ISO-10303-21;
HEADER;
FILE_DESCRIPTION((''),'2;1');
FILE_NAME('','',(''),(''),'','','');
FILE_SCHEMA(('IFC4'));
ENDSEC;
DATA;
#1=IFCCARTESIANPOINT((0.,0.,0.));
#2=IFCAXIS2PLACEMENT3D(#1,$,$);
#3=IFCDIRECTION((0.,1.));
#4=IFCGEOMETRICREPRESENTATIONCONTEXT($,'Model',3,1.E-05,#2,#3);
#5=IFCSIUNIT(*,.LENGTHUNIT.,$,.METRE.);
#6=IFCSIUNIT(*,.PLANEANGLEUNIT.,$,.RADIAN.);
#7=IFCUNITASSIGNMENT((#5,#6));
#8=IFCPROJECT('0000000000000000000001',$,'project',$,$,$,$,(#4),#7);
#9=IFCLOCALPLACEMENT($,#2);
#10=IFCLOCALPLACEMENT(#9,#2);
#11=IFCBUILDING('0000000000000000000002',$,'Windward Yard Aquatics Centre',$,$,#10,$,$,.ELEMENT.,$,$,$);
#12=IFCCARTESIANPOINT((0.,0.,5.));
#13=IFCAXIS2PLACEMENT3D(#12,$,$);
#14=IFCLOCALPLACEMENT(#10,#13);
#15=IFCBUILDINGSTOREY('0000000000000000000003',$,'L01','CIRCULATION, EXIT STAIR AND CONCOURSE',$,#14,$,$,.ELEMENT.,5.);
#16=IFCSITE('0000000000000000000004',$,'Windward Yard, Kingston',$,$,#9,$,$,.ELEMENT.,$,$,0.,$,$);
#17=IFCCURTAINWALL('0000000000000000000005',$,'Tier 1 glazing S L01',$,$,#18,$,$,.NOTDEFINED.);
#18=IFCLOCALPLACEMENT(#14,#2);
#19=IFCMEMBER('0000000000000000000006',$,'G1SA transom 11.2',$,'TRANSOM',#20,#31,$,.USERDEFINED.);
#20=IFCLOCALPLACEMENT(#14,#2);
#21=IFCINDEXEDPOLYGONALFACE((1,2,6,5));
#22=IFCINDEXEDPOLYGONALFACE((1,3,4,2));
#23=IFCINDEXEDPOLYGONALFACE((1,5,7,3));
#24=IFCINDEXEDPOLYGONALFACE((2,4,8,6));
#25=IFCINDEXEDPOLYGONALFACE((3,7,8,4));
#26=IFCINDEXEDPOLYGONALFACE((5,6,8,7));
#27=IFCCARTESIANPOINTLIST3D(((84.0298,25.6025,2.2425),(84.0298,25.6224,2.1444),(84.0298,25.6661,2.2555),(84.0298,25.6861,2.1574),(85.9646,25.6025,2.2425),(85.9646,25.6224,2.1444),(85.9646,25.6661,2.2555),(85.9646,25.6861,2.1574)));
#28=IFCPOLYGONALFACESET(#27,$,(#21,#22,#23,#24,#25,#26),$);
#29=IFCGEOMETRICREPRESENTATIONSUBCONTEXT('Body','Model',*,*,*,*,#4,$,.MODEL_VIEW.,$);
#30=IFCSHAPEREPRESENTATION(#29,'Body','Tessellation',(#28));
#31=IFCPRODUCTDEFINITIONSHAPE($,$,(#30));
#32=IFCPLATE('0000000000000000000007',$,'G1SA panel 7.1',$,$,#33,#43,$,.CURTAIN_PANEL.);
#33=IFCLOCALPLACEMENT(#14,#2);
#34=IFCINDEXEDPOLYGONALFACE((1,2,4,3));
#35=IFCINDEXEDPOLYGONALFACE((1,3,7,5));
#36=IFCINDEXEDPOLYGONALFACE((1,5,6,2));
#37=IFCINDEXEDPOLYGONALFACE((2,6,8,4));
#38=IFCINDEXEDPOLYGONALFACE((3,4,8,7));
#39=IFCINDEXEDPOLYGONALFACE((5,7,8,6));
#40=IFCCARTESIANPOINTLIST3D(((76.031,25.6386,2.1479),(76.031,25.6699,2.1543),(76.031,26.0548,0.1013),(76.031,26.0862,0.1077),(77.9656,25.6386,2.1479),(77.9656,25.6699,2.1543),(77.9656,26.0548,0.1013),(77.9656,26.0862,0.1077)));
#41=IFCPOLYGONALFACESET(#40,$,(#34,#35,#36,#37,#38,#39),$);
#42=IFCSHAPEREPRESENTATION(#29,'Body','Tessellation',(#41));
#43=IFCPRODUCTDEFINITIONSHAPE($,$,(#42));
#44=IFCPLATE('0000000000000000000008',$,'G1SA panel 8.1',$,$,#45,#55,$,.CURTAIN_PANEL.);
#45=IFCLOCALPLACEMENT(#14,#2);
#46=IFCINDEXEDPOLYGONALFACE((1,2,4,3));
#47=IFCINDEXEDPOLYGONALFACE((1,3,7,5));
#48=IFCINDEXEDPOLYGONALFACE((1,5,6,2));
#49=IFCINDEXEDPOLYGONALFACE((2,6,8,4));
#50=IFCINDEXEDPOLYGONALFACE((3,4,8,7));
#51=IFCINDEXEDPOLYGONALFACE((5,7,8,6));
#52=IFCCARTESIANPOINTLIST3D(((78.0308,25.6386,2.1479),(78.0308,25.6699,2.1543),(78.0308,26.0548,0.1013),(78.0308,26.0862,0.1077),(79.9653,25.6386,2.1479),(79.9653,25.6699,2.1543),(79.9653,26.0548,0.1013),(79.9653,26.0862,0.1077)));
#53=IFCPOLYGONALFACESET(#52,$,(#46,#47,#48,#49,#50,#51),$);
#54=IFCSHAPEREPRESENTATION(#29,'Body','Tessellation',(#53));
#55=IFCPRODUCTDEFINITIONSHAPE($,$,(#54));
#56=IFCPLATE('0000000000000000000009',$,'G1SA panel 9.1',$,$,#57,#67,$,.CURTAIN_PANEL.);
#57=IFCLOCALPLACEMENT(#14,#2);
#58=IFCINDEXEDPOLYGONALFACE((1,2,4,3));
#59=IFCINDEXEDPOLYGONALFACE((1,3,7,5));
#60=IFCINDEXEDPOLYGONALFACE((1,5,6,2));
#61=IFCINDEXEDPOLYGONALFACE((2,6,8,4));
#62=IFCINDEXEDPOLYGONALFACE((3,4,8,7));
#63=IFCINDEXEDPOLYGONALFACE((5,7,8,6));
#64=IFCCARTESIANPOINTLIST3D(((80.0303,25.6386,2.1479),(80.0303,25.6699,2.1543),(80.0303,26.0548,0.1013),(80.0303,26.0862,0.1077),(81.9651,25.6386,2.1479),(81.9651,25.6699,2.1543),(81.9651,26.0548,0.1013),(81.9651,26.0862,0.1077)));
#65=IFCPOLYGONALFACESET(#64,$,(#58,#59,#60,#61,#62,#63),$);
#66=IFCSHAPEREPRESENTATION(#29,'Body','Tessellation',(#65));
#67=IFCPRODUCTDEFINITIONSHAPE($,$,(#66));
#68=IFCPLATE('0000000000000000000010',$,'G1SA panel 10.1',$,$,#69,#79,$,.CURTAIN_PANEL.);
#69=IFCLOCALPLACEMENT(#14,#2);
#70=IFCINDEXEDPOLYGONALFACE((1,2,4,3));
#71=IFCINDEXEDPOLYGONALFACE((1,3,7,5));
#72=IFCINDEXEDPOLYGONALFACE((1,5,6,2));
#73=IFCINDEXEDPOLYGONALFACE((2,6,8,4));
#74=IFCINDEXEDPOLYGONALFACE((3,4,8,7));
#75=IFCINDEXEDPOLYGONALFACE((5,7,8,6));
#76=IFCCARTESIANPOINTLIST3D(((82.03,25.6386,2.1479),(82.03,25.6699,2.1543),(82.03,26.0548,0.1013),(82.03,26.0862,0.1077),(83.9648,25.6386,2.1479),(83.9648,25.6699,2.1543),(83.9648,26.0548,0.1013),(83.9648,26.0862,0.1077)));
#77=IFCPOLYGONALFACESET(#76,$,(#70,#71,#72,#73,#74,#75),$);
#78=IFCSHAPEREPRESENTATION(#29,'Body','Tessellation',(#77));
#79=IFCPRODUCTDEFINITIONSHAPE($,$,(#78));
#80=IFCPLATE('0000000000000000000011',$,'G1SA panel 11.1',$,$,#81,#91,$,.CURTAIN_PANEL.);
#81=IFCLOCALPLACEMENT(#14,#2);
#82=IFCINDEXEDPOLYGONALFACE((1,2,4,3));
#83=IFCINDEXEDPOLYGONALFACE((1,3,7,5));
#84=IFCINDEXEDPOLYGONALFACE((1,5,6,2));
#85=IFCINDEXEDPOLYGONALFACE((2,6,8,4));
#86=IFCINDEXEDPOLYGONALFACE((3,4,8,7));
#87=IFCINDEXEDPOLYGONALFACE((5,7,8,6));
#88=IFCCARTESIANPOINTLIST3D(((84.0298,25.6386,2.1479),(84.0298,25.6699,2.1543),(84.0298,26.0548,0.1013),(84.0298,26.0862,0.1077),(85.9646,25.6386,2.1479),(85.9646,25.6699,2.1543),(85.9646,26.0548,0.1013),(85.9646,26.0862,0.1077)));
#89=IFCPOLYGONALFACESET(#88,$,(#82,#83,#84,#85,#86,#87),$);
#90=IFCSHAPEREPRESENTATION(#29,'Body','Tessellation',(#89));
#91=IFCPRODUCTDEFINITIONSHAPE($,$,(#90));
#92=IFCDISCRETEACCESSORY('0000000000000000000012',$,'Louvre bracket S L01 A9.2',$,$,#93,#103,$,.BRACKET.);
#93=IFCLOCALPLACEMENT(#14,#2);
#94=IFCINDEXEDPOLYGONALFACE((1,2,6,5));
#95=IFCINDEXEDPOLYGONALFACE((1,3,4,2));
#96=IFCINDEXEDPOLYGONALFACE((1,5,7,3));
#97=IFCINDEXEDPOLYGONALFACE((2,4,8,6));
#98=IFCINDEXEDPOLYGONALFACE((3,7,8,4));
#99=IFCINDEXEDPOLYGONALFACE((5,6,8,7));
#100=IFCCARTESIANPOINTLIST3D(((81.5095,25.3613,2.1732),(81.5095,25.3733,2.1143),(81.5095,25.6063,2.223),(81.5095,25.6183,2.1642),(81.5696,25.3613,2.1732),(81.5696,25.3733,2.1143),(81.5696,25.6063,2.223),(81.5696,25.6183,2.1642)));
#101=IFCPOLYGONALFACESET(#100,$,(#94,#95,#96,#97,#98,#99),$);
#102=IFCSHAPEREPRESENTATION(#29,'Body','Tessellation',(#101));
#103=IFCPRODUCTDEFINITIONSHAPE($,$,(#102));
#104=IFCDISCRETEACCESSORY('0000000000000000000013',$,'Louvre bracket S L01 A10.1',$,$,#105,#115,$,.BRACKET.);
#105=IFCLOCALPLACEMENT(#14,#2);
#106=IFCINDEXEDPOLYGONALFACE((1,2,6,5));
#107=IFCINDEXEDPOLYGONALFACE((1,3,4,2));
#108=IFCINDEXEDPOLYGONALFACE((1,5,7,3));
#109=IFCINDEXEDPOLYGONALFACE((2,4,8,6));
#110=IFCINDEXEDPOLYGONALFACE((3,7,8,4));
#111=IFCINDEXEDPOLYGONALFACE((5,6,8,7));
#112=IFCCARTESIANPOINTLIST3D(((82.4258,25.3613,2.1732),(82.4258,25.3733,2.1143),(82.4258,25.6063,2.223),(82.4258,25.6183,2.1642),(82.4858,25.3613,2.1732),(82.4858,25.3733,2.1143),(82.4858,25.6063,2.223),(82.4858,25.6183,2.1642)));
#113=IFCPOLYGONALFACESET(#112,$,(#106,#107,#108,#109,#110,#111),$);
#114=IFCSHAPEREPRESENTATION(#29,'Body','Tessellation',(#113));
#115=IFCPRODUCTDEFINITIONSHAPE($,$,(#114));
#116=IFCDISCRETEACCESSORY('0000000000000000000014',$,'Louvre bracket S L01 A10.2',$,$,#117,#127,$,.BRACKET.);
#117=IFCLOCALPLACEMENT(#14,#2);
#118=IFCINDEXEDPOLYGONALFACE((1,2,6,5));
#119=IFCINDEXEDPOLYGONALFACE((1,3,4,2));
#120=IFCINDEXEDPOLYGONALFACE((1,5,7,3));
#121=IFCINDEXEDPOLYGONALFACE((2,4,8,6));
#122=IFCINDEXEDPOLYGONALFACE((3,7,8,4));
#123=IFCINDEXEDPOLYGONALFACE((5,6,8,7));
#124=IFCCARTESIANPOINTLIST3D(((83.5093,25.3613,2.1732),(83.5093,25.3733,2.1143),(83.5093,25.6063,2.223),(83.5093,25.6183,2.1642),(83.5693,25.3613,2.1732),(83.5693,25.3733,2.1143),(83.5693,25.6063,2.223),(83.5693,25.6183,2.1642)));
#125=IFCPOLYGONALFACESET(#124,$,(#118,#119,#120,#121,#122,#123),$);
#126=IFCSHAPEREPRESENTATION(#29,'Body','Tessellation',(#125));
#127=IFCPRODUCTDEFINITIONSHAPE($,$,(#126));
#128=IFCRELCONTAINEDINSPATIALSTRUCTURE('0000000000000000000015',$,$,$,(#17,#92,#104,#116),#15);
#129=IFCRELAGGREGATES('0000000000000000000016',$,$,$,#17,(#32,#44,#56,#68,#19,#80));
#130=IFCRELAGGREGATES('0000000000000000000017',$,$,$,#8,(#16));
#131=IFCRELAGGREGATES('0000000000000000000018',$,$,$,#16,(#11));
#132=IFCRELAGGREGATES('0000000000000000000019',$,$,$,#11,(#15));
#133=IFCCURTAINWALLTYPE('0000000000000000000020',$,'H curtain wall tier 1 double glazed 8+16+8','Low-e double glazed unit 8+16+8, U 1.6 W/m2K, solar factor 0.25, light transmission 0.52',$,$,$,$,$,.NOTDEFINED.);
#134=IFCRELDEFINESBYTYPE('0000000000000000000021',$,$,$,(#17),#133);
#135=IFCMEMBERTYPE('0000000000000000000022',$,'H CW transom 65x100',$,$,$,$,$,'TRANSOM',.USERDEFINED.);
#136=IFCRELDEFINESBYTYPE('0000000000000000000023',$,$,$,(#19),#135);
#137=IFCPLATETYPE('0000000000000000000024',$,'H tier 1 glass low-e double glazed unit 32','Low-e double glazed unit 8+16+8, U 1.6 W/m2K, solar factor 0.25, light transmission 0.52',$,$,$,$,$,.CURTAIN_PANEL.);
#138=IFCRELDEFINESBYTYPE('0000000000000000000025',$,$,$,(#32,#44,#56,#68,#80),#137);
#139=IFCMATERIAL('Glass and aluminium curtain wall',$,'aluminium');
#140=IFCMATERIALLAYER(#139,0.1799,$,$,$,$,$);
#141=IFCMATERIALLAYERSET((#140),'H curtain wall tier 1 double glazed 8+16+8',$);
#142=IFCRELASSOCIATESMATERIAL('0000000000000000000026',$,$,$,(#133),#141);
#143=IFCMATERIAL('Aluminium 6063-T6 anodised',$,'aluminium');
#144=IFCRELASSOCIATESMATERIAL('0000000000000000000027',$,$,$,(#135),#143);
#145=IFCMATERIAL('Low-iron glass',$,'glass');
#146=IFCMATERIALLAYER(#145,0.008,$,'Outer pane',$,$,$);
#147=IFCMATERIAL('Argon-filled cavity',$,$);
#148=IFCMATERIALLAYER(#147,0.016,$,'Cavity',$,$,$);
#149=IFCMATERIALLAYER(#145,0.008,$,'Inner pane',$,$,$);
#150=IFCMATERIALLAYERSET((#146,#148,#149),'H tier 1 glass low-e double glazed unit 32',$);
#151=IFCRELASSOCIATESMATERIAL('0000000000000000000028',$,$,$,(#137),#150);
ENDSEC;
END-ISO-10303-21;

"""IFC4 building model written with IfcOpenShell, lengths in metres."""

from ifc_helpers import new_model, si_unit, direction, frame, origin, origin_2d, place, context, subcontext, project, spatial, polyline, rectangle, outline, extrude, material, layer, layer_set, material_profile, profile_set, type_object, element, aggregate, save


model = new_model("IFC4")

# Units and contexts
model_context = context("Model", 3, precision=1e-05, world=origin(), true_north=direction((0.0, 1.0)))
body_context = subcontext(model_context, "Body", "Model", "MODEL_VIEW")
ifc_project = project(units=[si_unit("LENGTHUNIT", "METRE"), si_unit("PLANEANGLEUNIT", "RADIAN")], contexts=[model_context])

# Site, building, storey
site_placement = place(None, origin())
site = spatial("IfcSite", under=ifc_project, at=site_placement, Name="Windward Yard, Kingston", CompositionType="ELEMENT", RefElevation=0.0)
building_placement = place(site_placement, origin())
building = spatial("IfcBuilding", under=site, at=building_placement, Name="Windward Yard Aquatics Centre", CompositionType="ELEMENT")
storey_placement = place(building_placement, frame((0.0, 0.0, 5.0)))
storey = spatial("IfcBuildingStorey", under=building, at=storey_placement, Name="L01", Description="CIRCULATION, EXIT STAIR AND CONCOURSE", CompositionType="ELEMENT", Elevation=5.0)

# Curtain wall, member, plates
ifc_material_1 = material(Name="Glass and aluminium curtain wall", Category="aluminium")
ifc_layer_1 = layer(ifc_material_1, 0.1799)
ifc_layer_set_1 = layer_set([ifc_layer_1], Name="H curtain wall tier 1 double glazed 8+16+8")
curtain_wall_type = type_object("IfcCurtainWallType", Name="H curtain wall tier 1 double glazed 8+16+8", Description="Low-e double glazed unit 8+16+8, U 1.6 W/m2K, solar factor 0.25, light transmission 0.52", PredefinedType="NOTDEFINED", material=ifc_layer_set_1)
curtain_wall_placement = place(storey_placement, origin())
curtain_wall = element("IfcCurtainWall", 1, at=curtain_wall_placement, inside=storey, type_object=curtain_wall_type, Name="Tier 1 glazing S L01", PredefinedType="NOTDEFINED")
ifc_material_2 = material(Name="Aluminium 6063-T6 anodised", Category="aluminium")
ifc_material_profile_1 = material_profile(ifc_material_2, rectangle(XDim=0.0649, YDim=0.1001, at=origin_2d()), Name="H CW transom 65x100")
ifc_profile_set_1 = profile_set([ifc_material_profile_1], Name="Aluminium 6063-T6 anodised")
member_type_1 = type_object("IfcMemberType", Name="H CW transom 65x100", ElementType="TRANSOM", PredefinedType="USERDEFINED", material=ifc_profile_set_1)
member_1_placement = place(storey_placement, frame((84.0298, 25.6443, 2.2), z_axis=(1.0, 0.0, 0.0), x_axis=(0.0, 0.979925, 0.199368)))
member_1 = element("IfcMember", 2, at=member_1_placement, type_object=member_type_1, Name="G1SA transom 11.2", ObjectType="TRANSOM", PredefinedType="USERDEFINED", context=body_context, shape_type="SweptSolid", body=[
    extrude(rectangle(XDim=0.0649, YDim=0.1001, at=origin_2d()), origin(), (0.0, 0.0, 1.0), 1.9348),
])
ifc_material_3 = material(Name="Low-iron glass", Category="glass")
ifc_layer_2 = layer(ifc_material_3, 0.008, Name="Outer pane")
ifc_material_4 = material(Name="Argon-filled cavity")
ifc_layer_3 = layer(ifc_material_4, 0.016, Name="Cavity")
ifc_layer_4 = layer(ifc_material_3, 0.008, Name="Inner pane")
ifc_layer_set_2 = layer_set([ifc_layer_2, ifc_layer_3, ifc_layer_4], Name="H tier 1 glass low-e double glazed unit 32")
plate_type = type_object("IfcPlateType", Name="H tier 1 glass low-e double glazed unit 32", Description="Low-e double glazed unit 8+16+8, U 1.6 W/m2K, solar factor 0.25, light transmission 0.52", PredefinedType="CURTAIN_PANEL", material=ifc_layer_set_2)
plate_1_placement = place(storey_placement, frame((76.031, 25.6699, 2.1543), z_axis=(0.0, 0.979937, 0.199307), x_axis=(0.0, 0.199307, -0.979937)))
plate_1 = element("IfcPlate", 3, at=plate_1_placement, type_object=plate_type, Name="G1SA panel 7.1", PredefinedType="CURTAIN_PANEL", context=body_context, shape_type="SweptSolid", body=[
    extrude(outline(polyline([(0.0, 0.0), (2.0885, 0.0), (2.0885, -1.9346), (0.0, -1.9346), (0.0, 0.0)])), origin(), (0.0, 0.0, -1.0), 0.032),
])
plate_2_placement = place(storey_placement, frame((78.0308, 25.6699, 2.1543), z_axis=(0.0, 0.979937, 0.199307), x_axis=(0.0, 0.199307, -0.979937)))
plate_2 = element("IfcPlate", 4, at=plate_2_placement, type_object=plate_type, Name="G1SA panel 8.1", PredefinedType="CURTAIN_PANEL", context=body_context, shape_type="SweptSolid", body=[
    extrude(outline(polyline([(0.0, 0.0), (2.0885, 0.0), (2.0885, -1.9346), (0.0, -1.9346), (0.0, 0.0)])), origin(), (0.0, 0.0, -1.0), 0.032),
])
plate_3_placement = place(storey_placement, frame((80.0303, 25.6699, 2.1543), z_axis=(0.0, 0.979937, 0.199307), x_axis=(0.0, 0.199307, -0.979937)))
plate_3 = element("IfcPlate", 5, at=plate_3_placement, type_object=plate_type, Name="G1SA panel 9.1", PredefinedType="CURTAIN_PANEL", context=body_context, shape_type="SweptSolid", body=[
    extrude(outline(polyline([(0.0, 0.0), (2.0885, 0.0), (2.0885, -1.9348), (0.0, -1.9348), (0.0, 0.0)])), origin(), (0.0, 0.0, -1.0), 0.032),
])
plate_4_placement = place(storey_placement, frame((82.03, 25.6699, 2.1543), z_axis=(0.0, 0.979937, 0.199307), x_axis=(0.0, 0.199307, -0.979937)))
plate_4 = element("IfcPlate", 6, at=plate_4_placement, type_object=plate_type, Name="G1SA panel 10.1", PredefinedType="CURTAIN_PANEL", context=body_context, shape_type="SweptSolid", body=[
    extrude(outline(polyline([(0.0, 0.0), (2.0885, 0.0), (2.0885, -1.9348), (0.0, -1.9348), (0.0, 0.0)])), origin(), (0.0, 0.0, -1.0), 0.032),
])
plate_5_placement = place(storey_placement, frame((84.0298, 25.6699, 2.1543), z_axis=(0.0, 0.979937, 0.199307), x_axis=(0.0, 0.199307, -0.979937)))
plate_5 = element("IfcPlate", 7, at=plate_5_placement, type_object=plate_type, Name="G1SA panel 11.1", PredefinedType="CURTAIN_PANEL", context=body_context, shape_type="SweptSolid", body=[
    extrude(outline(polyline([(0.0, 0.0), (2.0885, 0.0), (2.0885, -1.9348), (0.0, -1.9348), (0.0, 0.0)])), origin(), (0.0, 0.0, -1.0), 0.032),
])
aggregate(curtain_wall, [plate_1, plate_2, plate_3, plate_4, member_1, plate_5])

# Discrete accessories
for number, where, z_axis, x_axis, name in (
    (8, (81.5396, 25.6123, 2.1936), (0.0, -0.979937, -0.199309), (1.0, 0.0, 0.0), "Louvre bracket S L01 A9.2"),
    (9, (82.4558, 25.6123, 2.1936), (0.0, -0.979937, -0.199309), (1.0, 0.0, 0.0), "Louvre bracket S L01 A10.1"),
    (10, (83.5393, 25.6123, 2.1936), (0.0, -0.979937, -0.199309), (1.0, 0.0, 0.0), "Louvre bracket S L01 A10.2"),
):
    element("IfcDiscreteAccessory", number, at=place(storey_placement, frame(where, z_axis=z_axis, x_axis=x_axis)), inside=storey, Name=name, PredefinedType="BRACKET", context=body_context, shape_type="SweptSolid", body=[
        extrude(rectangle(XDim=0.0601, YDim=0.0601, at=origin_2d()), origin(), (0.0, 0.0, 1.0), 0.25),
    ])

save(model, "model.ifc")
